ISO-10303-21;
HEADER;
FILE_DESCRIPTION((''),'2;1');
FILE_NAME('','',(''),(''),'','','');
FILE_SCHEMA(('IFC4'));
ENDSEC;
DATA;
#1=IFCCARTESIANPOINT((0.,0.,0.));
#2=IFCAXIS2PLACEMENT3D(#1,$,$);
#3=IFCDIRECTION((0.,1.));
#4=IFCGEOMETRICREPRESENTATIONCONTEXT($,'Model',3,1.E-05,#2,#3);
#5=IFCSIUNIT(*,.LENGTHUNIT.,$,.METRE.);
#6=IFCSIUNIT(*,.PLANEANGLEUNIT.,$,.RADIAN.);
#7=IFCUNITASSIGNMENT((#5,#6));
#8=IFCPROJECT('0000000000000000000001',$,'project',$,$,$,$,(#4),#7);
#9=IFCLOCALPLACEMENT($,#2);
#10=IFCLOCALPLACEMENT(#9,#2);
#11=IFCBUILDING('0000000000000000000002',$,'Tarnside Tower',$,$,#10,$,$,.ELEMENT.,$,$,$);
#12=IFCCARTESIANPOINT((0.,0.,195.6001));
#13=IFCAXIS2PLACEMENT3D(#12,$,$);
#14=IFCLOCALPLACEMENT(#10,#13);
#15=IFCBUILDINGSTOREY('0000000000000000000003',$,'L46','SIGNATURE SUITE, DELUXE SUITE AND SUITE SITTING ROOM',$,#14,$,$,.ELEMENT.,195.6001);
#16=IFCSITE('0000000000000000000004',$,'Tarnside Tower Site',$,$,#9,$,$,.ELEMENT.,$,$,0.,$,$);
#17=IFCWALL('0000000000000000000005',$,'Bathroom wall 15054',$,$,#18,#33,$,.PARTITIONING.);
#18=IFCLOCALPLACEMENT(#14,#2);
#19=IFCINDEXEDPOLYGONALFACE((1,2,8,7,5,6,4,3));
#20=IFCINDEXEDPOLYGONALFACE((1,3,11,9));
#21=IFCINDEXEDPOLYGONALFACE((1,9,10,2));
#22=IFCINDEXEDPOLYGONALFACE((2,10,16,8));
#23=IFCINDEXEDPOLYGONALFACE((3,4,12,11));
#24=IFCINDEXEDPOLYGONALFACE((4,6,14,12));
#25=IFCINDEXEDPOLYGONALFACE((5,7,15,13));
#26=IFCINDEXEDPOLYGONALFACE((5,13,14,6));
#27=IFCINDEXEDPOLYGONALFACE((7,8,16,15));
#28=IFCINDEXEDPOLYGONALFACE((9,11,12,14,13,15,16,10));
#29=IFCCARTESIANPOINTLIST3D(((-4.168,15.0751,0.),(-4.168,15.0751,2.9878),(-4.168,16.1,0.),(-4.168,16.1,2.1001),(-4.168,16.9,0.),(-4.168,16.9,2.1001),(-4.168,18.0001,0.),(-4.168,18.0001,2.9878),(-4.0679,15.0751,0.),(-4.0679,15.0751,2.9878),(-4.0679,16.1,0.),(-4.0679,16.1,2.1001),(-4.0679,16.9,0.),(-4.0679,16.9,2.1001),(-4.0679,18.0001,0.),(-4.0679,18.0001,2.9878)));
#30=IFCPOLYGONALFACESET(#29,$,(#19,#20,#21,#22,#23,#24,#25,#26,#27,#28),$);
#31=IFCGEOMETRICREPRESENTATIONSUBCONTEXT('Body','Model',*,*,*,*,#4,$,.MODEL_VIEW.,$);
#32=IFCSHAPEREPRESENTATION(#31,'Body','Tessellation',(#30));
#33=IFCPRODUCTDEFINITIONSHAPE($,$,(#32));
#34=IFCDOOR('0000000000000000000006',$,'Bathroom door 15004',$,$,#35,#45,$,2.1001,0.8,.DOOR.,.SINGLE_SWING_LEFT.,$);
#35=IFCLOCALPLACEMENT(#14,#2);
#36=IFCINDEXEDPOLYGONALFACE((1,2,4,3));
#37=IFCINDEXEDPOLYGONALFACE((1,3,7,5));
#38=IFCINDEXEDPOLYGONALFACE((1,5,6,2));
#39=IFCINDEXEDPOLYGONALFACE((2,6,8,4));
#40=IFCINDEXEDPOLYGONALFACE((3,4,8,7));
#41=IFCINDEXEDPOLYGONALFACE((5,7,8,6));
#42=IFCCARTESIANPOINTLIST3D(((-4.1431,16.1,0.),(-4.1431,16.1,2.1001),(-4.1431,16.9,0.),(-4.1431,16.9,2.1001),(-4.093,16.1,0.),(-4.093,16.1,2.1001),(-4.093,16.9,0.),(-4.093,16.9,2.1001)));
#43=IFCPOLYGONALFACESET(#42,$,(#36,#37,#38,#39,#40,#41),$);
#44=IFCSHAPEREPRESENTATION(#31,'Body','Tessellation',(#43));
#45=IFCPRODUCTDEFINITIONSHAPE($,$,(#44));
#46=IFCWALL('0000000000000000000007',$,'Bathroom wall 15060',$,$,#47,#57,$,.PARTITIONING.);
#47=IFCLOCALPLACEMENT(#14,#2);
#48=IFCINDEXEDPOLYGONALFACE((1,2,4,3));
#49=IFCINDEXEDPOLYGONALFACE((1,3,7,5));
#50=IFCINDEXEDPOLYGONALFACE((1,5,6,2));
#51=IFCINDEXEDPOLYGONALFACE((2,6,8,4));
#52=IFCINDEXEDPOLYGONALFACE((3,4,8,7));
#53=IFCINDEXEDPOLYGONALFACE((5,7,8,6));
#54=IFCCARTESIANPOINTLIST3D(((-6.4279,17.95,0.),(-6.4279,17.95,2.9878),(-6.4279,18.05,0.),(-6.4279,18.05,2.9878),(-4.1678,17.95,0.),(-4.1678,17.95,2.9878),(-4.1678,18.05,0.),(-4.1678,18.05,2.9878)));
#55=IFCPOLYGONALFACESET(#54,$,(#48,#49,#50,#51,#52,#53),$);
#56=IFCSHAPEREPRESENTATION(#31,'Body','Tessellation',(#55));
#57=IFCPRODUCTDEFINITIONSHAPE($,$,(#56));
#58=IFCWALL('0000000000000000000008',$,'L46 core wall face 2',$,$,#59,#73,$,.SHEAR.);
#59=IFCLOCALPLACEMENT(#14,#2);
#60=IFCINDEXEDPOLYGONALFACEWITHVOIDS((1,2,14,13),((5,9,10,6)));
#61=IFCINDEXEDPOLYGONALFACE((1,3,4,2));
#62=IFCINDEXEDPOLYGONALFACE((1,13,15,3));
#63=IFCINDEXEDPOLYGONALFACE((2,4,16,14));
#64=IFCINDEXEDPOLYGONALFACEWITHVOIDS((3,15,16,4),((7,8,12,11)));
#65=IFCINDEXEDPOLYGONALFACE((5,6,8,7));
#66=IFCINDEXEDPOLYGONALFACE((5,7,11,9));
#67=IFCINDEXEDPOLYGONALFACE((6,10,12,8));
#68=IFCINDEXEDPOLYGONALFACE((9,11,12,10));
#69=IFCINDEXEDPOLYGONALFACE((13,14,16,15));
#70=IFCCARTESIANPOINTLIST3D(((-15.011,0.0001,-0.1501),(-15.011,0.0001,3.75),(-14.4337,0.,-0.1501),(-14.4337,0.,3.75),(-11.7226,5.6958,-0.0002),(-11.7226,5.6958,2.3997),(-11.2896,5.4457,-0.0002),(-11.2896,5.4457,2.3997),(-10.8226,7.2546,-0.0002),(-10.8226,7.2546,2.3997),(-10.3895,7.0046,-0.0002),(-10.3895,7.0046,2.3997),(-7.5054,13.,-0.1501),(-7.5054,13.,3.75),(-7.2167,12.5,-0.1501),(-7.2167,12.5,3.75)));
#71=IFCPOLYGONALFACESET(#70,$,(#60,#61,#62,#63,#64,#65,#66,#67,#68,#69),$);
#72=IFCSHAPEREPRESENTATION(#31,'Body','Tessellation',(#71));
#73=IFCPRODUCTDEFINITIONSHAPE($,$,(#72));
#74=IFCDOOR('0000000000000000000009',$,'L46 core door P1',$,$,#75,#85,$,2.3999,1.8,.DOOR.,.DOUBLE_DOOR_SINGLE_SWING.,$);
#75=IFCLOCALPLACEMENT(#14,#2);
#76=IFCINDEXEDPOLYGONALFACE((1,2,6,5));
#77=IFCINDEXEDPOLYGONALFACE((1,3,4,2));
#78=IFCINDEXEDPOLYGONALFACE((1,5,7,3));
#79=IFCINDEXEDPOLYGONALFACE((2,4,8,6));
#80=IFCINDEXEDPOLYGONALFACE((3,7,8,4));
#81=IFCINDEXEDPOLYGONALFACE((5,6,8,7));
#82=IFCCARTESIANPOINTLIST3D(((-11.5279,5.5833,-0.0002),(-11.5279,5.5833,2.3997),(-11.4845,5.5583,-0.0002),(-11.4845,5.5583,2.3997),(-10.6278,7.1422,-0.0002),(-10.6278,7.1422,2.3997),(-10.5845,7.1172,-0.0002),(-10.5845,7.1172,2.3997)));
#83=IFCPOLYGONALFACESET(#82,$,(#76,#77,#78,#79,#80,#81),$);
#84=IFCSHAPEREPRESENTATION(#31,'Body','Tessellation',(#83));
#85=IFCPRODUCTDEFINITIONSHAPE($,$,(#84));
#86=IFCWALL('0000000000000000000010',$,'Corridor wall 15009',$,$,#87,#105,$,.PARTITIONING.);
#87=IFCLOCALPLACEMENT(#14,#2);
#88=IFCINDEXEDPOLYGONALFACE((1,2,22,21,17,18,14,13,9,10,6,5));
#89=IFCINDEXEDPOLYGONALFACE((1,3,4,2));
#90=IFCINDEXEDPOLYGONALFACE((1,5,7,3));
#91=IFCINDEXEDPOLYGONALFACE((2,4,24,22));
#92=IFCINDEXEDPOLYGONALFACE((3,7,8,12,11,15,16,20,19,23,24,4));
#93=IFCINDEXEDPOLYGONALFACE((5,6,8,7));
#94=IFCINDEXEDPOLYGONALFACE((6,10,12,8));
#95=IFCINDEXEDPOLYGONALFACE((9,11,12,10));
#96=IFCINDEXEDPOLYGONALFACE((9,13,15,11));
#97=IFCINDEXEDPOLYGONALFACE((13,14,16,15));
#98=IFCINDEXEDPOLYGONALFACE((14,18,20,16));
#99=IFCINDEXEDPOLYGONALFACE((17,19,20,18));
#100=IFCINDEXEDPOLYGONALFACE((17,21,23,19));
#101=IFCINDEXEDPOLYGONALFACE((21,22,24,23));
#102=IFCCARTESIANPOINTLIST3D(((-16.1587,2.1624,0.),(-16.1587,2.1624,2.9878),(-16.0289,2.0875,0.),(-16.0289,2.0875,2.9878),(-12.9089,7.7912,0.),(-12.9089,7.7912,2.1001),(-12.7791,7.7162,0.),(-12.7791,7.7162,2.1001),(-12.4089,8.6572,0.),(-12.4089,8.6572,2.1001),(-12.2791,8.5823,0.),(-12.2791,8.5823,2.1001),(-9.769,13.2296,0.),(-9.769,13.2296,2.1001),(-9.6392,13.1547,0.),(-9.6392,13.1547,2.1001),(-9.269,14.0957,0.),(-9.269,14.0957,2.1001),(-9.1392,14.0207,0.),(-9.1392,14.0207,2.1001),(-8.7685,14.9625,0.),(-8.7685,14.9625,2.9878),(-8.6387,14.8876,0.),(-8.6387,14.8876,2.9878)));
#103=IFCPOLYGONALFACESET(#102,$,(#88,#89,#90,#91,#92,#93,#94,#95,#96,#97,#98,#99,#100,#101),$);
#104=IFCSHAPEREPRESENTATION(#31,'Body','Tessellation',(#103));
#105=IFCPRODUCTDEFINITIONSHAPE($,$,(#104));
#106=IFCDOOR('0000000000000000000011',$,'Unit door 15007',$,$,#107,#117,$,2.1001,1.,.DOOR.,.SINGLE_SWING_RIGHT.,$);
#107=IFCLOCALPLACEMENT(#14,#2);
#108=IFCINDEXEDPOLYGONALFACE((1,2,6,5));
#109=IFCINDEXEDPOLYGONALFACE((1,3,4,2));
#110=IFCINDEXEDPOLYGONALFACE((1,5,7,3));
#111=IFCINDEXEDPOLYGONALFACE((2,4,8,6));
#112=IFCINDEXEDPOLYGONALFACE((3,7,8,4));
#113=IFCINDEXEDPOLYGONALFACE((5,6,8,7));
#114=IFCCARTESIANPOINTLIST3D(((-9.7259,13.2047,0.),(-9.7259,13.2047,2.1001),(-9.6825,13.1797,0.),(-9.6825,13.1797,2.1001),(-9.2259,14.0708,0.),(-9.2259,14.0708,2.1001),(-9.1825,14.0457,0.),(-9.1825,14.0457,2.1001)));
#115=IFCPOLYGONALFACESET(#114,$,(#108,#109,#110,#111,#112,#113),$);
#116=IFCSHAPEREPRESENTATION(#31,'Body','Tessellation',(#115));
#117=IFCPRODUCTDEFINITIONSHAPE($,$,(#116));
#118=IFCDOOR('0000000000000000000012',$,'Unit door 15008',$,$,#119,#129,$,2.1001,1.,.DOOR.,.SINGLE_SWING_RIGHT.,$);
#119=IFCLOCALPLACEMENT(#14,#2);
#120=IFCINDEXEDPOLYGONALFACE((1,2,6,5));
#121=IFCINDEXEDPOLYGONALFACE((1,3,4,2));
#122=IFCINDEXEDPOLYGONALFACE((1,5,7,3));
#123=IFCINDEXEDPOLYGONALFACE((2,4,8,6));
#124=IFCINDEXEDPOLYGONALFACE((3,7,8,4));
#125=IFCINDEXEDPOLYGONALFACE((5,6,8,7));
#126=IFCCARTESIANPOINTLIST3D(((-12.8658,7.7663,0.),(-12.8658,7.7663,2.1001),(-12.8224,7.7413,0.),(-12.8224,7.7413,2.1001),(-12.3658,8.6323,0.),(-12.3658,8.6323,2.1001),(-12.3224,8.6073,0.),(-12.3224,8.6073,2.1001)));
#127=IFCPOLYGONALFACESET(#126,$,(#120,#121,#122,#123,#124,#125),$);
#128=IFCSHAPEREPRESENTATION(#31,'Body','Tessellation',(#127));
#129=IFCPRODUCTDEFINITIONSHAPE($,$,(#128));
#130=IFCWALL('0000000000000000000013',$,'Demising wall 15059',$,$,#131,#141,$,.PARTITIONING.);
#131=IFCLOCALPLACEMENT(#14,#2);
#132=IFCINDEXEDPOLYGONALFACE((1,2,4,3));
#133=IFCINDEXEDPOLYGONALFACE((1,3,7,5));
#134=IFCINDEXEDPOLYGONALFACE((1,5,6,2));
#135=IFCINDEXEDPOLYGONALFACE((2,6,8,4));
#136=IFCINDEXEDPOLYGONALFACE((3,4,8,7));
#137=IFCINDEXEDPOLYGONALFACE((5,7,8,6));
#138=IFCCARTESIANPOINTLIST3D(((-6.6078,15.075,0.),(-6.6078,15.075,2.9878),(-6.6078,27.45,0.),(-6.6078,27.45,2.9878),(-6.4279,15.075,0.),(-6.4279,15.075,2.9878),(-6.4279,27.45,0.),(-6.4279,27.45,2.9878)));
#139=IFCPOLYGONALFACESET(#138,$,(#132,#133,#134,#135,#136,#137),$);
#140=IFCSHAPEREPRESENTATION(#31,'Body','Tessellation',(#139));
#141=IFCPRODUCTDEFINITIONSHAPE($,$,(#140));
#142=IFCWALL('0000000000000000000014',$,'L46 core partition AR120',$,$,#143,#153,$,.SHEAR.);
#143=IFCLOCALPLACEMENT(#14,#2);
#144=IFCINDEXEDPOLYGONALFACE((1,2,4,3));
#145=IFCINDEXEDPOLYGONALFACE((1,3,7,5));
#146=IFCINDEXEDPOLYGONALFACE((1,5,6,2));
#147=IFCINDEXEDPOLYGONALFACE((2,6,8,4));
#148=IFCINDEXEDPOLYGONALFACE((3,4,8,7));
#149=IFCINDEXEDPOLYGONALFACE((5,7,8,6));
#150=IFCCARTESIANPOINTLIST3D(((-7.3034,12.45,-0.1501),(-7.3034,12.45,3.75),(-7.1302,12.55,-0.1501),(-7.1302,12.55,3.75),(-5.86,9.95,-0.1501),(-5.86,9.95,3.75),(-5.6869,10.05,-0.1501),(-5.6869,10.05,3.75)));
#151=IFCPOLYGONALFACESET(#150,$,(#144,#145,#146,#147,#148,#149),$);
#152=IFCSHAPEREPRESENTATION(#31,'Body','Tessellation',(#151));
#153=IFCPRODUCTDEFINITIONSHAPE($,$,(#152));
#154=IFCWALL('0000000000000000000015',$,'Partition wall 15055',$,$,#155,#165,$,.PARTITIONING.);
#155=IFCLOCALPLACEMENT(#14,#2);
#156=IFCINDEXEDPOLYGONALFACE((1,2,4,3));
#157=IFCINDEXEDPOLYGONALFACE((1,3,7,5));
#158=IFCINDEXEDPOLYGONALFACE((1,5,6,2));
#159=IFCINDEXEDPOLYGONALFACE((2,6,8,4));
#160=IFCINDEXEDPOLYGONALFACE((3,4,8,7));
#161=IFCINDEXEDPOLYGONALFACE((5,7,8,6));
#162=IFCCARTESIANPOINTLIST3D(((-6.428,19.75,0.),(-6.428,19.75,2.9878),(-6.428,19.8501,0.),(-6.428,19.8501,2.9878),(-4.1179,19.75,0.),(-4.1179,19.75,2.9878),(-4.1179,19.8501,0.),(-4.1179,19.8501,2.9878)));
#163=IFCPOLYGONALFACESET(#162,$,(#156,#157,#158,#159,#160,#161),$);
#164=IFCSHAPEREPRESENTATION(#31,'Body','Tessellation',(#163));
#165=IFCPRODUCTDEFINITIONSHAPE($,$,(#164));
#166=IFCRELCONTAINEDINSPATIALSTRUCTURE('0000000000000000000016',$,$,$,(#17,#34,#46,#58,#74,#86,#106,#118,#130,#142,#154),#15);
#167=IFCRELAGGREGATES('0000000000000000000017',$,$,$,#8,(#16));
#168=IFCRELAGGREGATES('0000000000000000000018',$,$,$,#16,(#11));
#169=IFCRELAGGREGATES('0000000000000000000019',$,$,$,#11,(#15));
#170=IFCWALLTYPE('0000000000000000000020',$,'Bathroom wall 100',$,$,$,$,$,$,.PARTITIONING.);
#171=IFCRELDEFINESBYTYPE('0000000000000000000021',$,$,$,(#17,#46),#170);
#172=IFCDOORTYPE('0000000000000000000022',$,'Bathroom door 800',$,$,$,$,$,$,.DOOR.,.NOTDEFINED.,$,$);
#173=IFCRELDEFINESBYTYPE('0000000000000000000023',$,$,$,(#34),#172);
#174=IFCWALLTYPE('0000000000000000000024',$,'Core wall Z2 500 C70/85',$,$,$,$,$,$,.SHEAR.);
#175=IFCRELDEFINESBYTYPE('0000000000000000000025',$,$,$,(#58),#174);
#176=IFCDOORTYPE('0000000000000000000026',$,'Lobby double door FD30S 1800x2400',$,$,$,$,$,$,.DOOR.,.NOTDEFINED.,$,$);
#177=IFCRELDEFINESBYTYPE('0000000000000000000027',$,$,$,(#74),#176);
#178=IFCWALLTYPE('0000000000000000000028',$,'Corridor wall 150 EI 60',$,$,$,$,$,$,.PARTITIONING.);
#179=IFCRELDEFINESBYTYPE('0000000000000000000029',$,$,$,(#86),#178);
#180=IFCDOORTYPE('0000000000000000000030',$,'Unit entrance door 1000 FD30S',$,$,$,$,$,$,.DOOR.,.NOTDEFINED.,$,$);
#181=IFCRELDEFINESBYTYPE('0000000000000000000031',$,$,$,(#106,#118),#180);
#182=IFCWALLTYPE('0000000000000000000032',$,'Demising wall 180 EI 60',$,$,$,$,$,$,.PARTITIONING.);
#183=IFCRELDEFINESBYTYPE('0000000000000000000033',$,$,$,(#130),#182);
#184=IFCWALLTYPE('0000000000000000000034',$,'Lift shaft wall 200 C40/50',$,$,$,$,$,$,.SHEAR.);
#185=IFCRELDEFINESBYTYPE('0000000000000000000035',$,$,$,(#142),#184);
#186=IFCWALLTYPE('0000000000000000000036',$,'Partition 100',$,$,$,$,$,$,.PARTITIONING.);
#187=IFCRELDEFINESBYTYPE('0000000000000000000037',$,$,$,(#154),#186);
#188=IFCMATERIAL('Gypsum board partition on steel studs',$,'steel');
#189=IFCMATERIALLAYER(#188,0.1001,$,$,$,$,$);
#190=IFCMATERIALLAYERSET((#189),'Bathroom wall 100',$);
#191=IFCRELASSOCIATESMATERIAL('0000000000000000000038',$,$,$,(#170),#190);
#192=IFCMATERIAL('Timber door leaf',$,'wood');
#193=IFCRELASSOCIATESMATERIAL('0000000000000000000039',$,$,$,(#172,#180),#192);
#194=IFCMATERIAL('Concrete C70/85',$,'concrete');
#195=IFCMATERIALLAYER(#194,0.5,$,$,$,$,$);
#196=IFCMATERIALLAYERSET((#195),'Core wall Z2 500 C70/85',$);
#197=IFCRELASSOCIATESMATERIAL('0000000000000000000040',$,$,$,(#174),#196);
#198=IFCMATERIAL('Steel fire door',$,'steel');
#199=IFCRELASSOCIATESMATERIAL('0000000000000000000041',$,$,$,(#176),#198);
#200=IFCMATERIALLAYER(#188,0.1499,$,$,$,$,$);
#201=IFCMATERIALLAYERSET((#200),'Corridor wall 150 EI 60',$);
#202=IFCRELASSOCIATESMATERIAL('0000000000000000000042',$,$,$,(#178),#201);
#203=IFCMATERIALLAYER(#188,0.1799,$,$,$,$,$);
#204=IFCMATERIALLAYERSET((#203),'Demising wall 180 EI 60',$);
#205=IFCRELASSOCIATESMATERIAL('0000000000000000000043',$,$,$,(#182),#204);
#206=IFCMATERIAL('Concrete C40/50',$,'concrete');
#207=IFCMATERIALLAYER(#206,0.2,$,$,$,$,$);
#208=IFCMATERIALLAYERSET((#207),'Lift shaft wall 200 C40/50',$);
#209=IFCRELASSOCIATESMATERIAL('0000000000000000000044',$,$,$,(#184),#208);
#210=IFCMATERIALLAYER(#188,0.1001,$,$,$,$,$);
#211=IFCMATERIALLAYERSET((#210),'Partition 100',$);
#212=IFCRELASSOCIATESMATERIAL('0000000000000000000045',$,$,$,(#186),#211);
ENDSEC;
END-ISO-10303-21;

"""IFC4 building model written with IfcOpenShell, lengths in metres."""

from ifc_helpers import new_model, si_unit, direction, frame, frame_2d, origin, place, context, subcontext, project, spatial, polyline, rectangle, outline, extrude, material, layer, layer_set, type_object, element, fill, save


model = new_model("IFC4")

# Units and contexts
model_context = context("Model", 3, precision=1e-05, world=origin(), true_north=direction((0.0, 1.0)))
body_context = subcontext(model_context, "Body", "Model", "MODEL_VIEW")
ifc_project = project(units=[si_unit("LENGTHUNIT", "METRE"), si_unit("PLANEANGLEUNIT", "RADIAN")], contexts=[model_context])

# Site, building, storey
site_placement = place(None, origin())
site = spatial("IfcSite", under=ifc_project, at=site_placement, Name="Tarnside Tower Site", CompositionType="ELEMENT", RefElevation=0.0)
building_placement = place(site_placement, origin())
building = spatial("IfcBuilding", under=site, at=building_placement, Name="Tarnside Tower", CompositionType="ELEMENT")
storey_placement = place(building_placement, frame((0.0, 0.0, 195.6001)))
storey = spatial("IfcBuildingStorey", under=building, at=storey_placement, Name="L46", Description="SIGNATURE SUITE, DELUXE SUITE AND SUITE SITTING ROOM", CompositionType="ELEMENT", Elevation=195.6001)

# Wall, opening, door
ifc_material_1 = material(Name="Gypsum board partition on steel studs", Category="steel")
ifc_layer_1 = layer(ifc_material_1, 0.1001)
ifc_layer_set_1 = layer_set([ifc_layer_1], Name="Bathroom wall 100")
wall_type_1 = type_object("IfcWallType", Name="Bathroom wall 100", PredefinedType="PARTITIONING", material=ifc_layer_set_1)
wall_1_placement = place(storey_placement, frame((-4.1179, 18.0, 0.0), z_axis=(0.0, 0.0, 1.0), x_axis=(0.0, -1.0, 0.0)))
wall_1 = element("IfcWall", 1, at=wall_1_placement, inside=storey, type_object=wall_type_1, Name="Bathroom wall 15054", PredefinedType="PARTITIONING", context=body_context, shape_type="SweptSolid", body=[
    extrude(rectangle(XDim=2.925, YDim=0.1001, at=frame_2d((1.4624, 0.0))), origin(), (0.0, 0.0, 1.0), 2.9878),
])
opening_1_placement = place(wall_1_placement, frame((1.1001, 0.0, 0.0)))
opening_1 = element("IfcOpeningElement", 2, at=opening_1_placement, cuts=wall_1, PredefinedType="OPENING", context=body_context, shape_type="SweptSolid", body=[
    extrude(rectangle(XDim=0.8, YDim=2.1001, at=frame_2d((0.3999, 1.05))), frame((0.0, 0.0601, 0.0), z_axis=(0.0, -1.0, 0.0), x_axis=(1.0, 0.0, 0.0)), (0.0, 0.0, 1.0), 0.1201),
])
ifc_material_2 = material(Name="Timber door leaf", Category="wood")
door_type_1 = type_object("IfcDoorType", Name="Bathroom door 800", OperationType="NOTDEFINED", PredefinedType="DOOR", material=ifc_material_2)
door_1_placement = place(opening_1_placement, origin())
door_1 = element("IfcDoor", 3, at=door_1_placement, inside=storey, type_object=door_type_1, Name="Bathroom door 15004", OperationType="SINGLE_SWING_LEFT", OverallHeight=2.1001, OverallWidth=0.8, PredefinedType="DOOR", context=body_context, shape_type="SweptSolid", body=[
    extrude(rectangle(XDim=0.8, YDim=2.1001, at=frame_2d((0.3999, 1.05))), frame((0.0, 0.0249, 0.0), z_axis=(0.0, -1.0, 0.0), x_axis=(1.0, 0.0, 0.0)), (0.0, 0.0, 1.0), 0.05),
])
fill(opening_1, door_1)

# Wall
wall_2_placement = place(storey_placement, frame((-4.168, 18.0, 0.0), z_axis=(0.0, 0.0, 1.0), x_axis=(-1.0, 0.0, 0.0)))
element("IfcWall", 4, at=wall_2_placement, inside=storey, type_object=wall_type_1, Name="Bathroom wall 15060", PredefinedType="PARTITIONING", context=body_context, shape_type="SweptSolid", body=[
    extrude(rectangle(XDim=2.26, YDim=0.1001, at=frame_2d((1.1299, 0.0))), origin(), (0.0, 0.0, 1.0), 2.9878),
])

# Wall, opening, door
ifc_material_3 = material(Name="Concrete C70/85", Category="concrete")
ifc_layer_2 = layer(ifc_material_3, 0.5)
ifc_layer_set_2 = layer_set([ifc_layer_2], Name="Core wall Z2 500 C70/85")
wall_type_2 = type_object("IfcWallType", Name="Core wall Z2 500 C70/85", PredefinedType="SHEAR", material=ifc_layer_set_2)
wall_3_placement = place(storey_placement, frame((-7.3611, 12.75, -0.1501), z_axis=(0.0, 0.0, 1.0), x_axis=(-0.500006, -0.866022, 0.0)))
wall_3 = element("IfcWall", 5, at=wall_3_placement, inside=storey, type_object=wall_type_2, Name="L46 core wall face 2", PredefinedType="SHEAR", context=body_context, shape_type="SweptSolid", body=[
    extrude(outline(polyline([(-0.1443, -0.25), (14.8667, -0.25), (14.5781, 0.25), (0.1443, 0.25), (-0.1443, -0.25)])), origin(), (0.0, 0.0, 1.0), 3.9001),
])
opening_2_placement = place(wall_3_placement, frame((6.49, 0.0, 0.1499)))
opening_2 = element("IfcOpeningElement", 6, at=opening_2_placement, cuts=wall_3, PredefinedType="OPENING", context=body_context, shape_type="SweptSolid", body=[
    extrude(rectangle(XDim=1.8, YDim=2.3999, at=frame_2d((0.8999, 1.2))), frame((0.0, 0.26, 0.0), z_axis=(0.0, -1.0, 0.0), x_axis=(1.0, 0.0, 0.0)), (0.0, 0.0, 1.0), 0.52),
])
ifc_material_4 = material(Name="Steel fire door", Category="steel")
door_type_2 = type_object("IfcDoorType", Name="Lobby double door FD30S 1800x2400", OperationType="NOTDEFINED", PredefinedType="DOOR", material=ifc_material_4)
door_2_placement = place(opening_2_placement, origin())
door_2 = element("IfcDoor", 7, at=door_2_placement, inside=storey, type_object=door_type_2, Name="L46 core door P1", OperationType="DOUBLE_DOOR_SINGLE_SWING", OverallHeight=2.3999, OverallWidth=1.8, PredefinedType="DOOR", context=body_context, shape_type="SweptSolid", body=[
    extrude(rectangle(XDim=1.8, YDim=2.3999, at=frame_2d((0.8999, 1.2))), frame((0.0, 0.0249, 0.0), z_axis=(0.0, -1.0, 0.0), x_axis=(1.0, 0.0, 0.0)), (0.0, 0.0, 1.0), 0.05),
])
fill(opening_2, door_2)

# Wall, openings, doors
ifc_layer_3 = layer(ifc_material_1, 0.1499)
ifc_layer_set_3 = layer_set([ifc_layer_3], Name="Corridor wall 150 EI 60")
wall_type_3 = type_object("IfcWallType", Name="Corridor wall 150 EI 60", PredefinedType="PARTITIONING", material=ifc_layer_set_3)
wall_4_placement = place(storey_placement, frame((-8.7036, 14.925, 0.0), z_axis=(0.0, 0.0, 1.0), x_axis=(-0.500001, -0.866025, 0.0)))
wall_4 = element("IfcWall", 8, at=wall_4_placement, inside=storey, type_object=wall_type_3, Name="Corridor wall 15009", PredefinedType="PARTITIONING", context=body_context, shape_type="SweptSolid", body=[
    extrude(rectangle(XDim=14.7803, YDim=0.1499, at=frame_2d((7.3901, 0.0))), origin(), (0.0, 0.0, 1.0), 2.9878),
])
opening_3_placement = place(wall_4_placement, frame((1.001, 0.0, 0.0)))
opening_3 = element("IfcOpeningElement", 9, at=opening_3_placement, cuts=wall_4, PredefinedType="OPENING", context=body_context, shape_type="SweptSolid", body=[
    extrude(rectangle(XDim=1.0, YDim=2.1001, at=frame_2d((0.5, 1.05))), frame((0.0, 0.085, 0.0), z_axis=(0.0, -1.0, 0.0), x_axis=(1.0, 0.0, 0.0)), (0.0, 0.0, 1.0), 0.1699),
])
opening_4_placement = place(wall_4_placement, frame((7.2808, 0.0, 0.0)))
opening_4 = element("IfcOpeningElement", 10, at=opening_4_placement, cuts=wall_4, PredefinedType="OPENING", context=body_context, shape_type="SweptSolid", body=[
    extrude(rectangle(XDim=1.0, YDim=2.1001, at=frame_2d((0.5, 1.05))), frame((0.0, 0.085, 0.0), z_axis=(0.0, -1.0, 0.0), x_axis=(1.0, 0.0, 0.0)), (0.0, 0.0, 1.0), 0.1699),
])
door_type_3 = type_object("IfcDoorType", Name="Unit entrance door 1000 FD30S", OperationType="NOTDEFINED", PredefinedType="DOOR", material=ifc_material_2)
door_3_placement = place(opening_3_placement, origin())
door_3 = element("IfcDoor", 11, at=door_3_placement, inside=storey, type_object=door_type_3, Name="Unit door 15007", OperationType="SINGLE_SWING_RIGHT", OverallHeight=2.1001, OverallWidth=1.0, PredefinedType="DOOR", context=body_context, shape_type="SweptSolid", body=[
    extrude(rectangle(XDim=1.0, YDim=2.1001, at=frame_2d((0.5, 1.05))), frame((0.0, 0.0249, 0.0), z_axis=(0.0, -1.0, 0.0), x_axis=(1.0, 0.0, 0.0)), (0.0, 0.0, 1.0), 0.05),
])
fill(opening_3, door_3)
door_4_placement = place(opening_4_placement, origin())
door_4 = element("IfcDoor", 12, at=door_4_placement, inside=storey, type_object=door_type_3, Name="Unit door 15008", OperationType="SINGLE_SWING_RIGHT", OverallHeight=2.1001, OverallWidth=1.0, PredefinedType="DOOR", context=body_context, shape_type="SweptSolid", body=[
    extrude(rectangle(XDim=1.0, YDim=2.1001, at=frame_2d((0.5, 1.05))), frame((0.0, 0.0249, 0.0), z_axis=(0.0, -1.0, 0.0), x_axis=(1.0, 0.0, 0.0)), (0.0, 0.0, 1.0), 0.05),
])
fill(opening_4, door_4)

# Walls
ifc_layer_4 = layer(ifc_material_1, 0.1799)
ifc_layer_set_4 = layer_set([ifc_layer_4], Name="Demising wall 180 EI 60")
wall_type_4 = type_object("IfcWallType", Name="Demising wall 180 EI 60", PredefinedType="PARTITIONING", material=ifc_layer_set_4)
wall_5_placement = place(storey_placement, frame((-6.5178, 27.45, 0.0), z_axis=(0.0, 0.0, 1.0), x_axis=(0.0, -1.0, 0.0)))
element("IfcWall", 13, at=wall_5_placement, inside=storey, type_object=wall_type_4, Name="Demising wall 15059", PredefinedType="PARTITIONING", context=body_context, shape_type="SweptSolid", body=[
    extrude(rectangle(XDim=12.375, YDim=0.1799, at=frame_2d((6.1875, 0.0))), origin(), (0.0, 0.0, 1.0), 2.9878),
])
ifc_material_5 = material(Name="Concrete C40/50", Category="concrete")
ifc_layer_5 = layer(ifc_material_5, 0.2)
ifc_layer_set_5 = layer_set([ifc_layer_5], Name="Lift shaft wall 200 C40/50")
wall_type_5 = type_object("IfcWallType", Name="Lift shaft wall 200 C40/50", PredefinedType="SHEAR", material=ifc_layer_set_5)
wall_6_placement = place(storey_placement, frame((-5.7734, 10.0, -0.1501), z_axis=(0.0, 0.0, 1.0), x_axis=(-0.499996, 0.866028, 0.0)))
element("IfcWall", 14, at=wall_6_placement, inside=storey, type_object=wall_type_5, Name="L46 core partition AR120", PredefinedType="SHEAR", context=body_context, shape_type="SweptSolid", body=[
    extrude(rectangle(XDim=2.8867, YDim=0.2, at=frame_2d((1.4434, 0.0))), origin(), (0.0, 0.0, 1.0), 3.9001),
])
ifc_layer_6 = layer(ifc_material_1, 0.1001)
ifc_layer_set_6 = layer_set([ifc_layer_6], Name="Partition 100")
wall_type_6 = type_object("IfcWallType", Name="Partition 100", PredefinedType="PARTITIONING", material=ifc_layer_set_6)
wall_7_placement = place(storey_placement, frame((-6.428, 19.8, 0.0), z_axis=(0.0, 0.0, 1.0), x_axis=(1.0, 0.0, 0.0)))
element("IfcWall", 15, at=wall_7_placement, inside=storey, type_object=wall_type_6, Name="Partition wall 15055", PredefinedType="PARTITIONING", context=body_context, shape_type="SweptSolid", body=[
    extrude(rectangle(XDim=2.3101, YDim=0.1001, at=frame_2d((1.155, 0.0))), origin(), (0.0, 0.0, 1.0), 2.9878),
])

save(model, "model.ifc")
